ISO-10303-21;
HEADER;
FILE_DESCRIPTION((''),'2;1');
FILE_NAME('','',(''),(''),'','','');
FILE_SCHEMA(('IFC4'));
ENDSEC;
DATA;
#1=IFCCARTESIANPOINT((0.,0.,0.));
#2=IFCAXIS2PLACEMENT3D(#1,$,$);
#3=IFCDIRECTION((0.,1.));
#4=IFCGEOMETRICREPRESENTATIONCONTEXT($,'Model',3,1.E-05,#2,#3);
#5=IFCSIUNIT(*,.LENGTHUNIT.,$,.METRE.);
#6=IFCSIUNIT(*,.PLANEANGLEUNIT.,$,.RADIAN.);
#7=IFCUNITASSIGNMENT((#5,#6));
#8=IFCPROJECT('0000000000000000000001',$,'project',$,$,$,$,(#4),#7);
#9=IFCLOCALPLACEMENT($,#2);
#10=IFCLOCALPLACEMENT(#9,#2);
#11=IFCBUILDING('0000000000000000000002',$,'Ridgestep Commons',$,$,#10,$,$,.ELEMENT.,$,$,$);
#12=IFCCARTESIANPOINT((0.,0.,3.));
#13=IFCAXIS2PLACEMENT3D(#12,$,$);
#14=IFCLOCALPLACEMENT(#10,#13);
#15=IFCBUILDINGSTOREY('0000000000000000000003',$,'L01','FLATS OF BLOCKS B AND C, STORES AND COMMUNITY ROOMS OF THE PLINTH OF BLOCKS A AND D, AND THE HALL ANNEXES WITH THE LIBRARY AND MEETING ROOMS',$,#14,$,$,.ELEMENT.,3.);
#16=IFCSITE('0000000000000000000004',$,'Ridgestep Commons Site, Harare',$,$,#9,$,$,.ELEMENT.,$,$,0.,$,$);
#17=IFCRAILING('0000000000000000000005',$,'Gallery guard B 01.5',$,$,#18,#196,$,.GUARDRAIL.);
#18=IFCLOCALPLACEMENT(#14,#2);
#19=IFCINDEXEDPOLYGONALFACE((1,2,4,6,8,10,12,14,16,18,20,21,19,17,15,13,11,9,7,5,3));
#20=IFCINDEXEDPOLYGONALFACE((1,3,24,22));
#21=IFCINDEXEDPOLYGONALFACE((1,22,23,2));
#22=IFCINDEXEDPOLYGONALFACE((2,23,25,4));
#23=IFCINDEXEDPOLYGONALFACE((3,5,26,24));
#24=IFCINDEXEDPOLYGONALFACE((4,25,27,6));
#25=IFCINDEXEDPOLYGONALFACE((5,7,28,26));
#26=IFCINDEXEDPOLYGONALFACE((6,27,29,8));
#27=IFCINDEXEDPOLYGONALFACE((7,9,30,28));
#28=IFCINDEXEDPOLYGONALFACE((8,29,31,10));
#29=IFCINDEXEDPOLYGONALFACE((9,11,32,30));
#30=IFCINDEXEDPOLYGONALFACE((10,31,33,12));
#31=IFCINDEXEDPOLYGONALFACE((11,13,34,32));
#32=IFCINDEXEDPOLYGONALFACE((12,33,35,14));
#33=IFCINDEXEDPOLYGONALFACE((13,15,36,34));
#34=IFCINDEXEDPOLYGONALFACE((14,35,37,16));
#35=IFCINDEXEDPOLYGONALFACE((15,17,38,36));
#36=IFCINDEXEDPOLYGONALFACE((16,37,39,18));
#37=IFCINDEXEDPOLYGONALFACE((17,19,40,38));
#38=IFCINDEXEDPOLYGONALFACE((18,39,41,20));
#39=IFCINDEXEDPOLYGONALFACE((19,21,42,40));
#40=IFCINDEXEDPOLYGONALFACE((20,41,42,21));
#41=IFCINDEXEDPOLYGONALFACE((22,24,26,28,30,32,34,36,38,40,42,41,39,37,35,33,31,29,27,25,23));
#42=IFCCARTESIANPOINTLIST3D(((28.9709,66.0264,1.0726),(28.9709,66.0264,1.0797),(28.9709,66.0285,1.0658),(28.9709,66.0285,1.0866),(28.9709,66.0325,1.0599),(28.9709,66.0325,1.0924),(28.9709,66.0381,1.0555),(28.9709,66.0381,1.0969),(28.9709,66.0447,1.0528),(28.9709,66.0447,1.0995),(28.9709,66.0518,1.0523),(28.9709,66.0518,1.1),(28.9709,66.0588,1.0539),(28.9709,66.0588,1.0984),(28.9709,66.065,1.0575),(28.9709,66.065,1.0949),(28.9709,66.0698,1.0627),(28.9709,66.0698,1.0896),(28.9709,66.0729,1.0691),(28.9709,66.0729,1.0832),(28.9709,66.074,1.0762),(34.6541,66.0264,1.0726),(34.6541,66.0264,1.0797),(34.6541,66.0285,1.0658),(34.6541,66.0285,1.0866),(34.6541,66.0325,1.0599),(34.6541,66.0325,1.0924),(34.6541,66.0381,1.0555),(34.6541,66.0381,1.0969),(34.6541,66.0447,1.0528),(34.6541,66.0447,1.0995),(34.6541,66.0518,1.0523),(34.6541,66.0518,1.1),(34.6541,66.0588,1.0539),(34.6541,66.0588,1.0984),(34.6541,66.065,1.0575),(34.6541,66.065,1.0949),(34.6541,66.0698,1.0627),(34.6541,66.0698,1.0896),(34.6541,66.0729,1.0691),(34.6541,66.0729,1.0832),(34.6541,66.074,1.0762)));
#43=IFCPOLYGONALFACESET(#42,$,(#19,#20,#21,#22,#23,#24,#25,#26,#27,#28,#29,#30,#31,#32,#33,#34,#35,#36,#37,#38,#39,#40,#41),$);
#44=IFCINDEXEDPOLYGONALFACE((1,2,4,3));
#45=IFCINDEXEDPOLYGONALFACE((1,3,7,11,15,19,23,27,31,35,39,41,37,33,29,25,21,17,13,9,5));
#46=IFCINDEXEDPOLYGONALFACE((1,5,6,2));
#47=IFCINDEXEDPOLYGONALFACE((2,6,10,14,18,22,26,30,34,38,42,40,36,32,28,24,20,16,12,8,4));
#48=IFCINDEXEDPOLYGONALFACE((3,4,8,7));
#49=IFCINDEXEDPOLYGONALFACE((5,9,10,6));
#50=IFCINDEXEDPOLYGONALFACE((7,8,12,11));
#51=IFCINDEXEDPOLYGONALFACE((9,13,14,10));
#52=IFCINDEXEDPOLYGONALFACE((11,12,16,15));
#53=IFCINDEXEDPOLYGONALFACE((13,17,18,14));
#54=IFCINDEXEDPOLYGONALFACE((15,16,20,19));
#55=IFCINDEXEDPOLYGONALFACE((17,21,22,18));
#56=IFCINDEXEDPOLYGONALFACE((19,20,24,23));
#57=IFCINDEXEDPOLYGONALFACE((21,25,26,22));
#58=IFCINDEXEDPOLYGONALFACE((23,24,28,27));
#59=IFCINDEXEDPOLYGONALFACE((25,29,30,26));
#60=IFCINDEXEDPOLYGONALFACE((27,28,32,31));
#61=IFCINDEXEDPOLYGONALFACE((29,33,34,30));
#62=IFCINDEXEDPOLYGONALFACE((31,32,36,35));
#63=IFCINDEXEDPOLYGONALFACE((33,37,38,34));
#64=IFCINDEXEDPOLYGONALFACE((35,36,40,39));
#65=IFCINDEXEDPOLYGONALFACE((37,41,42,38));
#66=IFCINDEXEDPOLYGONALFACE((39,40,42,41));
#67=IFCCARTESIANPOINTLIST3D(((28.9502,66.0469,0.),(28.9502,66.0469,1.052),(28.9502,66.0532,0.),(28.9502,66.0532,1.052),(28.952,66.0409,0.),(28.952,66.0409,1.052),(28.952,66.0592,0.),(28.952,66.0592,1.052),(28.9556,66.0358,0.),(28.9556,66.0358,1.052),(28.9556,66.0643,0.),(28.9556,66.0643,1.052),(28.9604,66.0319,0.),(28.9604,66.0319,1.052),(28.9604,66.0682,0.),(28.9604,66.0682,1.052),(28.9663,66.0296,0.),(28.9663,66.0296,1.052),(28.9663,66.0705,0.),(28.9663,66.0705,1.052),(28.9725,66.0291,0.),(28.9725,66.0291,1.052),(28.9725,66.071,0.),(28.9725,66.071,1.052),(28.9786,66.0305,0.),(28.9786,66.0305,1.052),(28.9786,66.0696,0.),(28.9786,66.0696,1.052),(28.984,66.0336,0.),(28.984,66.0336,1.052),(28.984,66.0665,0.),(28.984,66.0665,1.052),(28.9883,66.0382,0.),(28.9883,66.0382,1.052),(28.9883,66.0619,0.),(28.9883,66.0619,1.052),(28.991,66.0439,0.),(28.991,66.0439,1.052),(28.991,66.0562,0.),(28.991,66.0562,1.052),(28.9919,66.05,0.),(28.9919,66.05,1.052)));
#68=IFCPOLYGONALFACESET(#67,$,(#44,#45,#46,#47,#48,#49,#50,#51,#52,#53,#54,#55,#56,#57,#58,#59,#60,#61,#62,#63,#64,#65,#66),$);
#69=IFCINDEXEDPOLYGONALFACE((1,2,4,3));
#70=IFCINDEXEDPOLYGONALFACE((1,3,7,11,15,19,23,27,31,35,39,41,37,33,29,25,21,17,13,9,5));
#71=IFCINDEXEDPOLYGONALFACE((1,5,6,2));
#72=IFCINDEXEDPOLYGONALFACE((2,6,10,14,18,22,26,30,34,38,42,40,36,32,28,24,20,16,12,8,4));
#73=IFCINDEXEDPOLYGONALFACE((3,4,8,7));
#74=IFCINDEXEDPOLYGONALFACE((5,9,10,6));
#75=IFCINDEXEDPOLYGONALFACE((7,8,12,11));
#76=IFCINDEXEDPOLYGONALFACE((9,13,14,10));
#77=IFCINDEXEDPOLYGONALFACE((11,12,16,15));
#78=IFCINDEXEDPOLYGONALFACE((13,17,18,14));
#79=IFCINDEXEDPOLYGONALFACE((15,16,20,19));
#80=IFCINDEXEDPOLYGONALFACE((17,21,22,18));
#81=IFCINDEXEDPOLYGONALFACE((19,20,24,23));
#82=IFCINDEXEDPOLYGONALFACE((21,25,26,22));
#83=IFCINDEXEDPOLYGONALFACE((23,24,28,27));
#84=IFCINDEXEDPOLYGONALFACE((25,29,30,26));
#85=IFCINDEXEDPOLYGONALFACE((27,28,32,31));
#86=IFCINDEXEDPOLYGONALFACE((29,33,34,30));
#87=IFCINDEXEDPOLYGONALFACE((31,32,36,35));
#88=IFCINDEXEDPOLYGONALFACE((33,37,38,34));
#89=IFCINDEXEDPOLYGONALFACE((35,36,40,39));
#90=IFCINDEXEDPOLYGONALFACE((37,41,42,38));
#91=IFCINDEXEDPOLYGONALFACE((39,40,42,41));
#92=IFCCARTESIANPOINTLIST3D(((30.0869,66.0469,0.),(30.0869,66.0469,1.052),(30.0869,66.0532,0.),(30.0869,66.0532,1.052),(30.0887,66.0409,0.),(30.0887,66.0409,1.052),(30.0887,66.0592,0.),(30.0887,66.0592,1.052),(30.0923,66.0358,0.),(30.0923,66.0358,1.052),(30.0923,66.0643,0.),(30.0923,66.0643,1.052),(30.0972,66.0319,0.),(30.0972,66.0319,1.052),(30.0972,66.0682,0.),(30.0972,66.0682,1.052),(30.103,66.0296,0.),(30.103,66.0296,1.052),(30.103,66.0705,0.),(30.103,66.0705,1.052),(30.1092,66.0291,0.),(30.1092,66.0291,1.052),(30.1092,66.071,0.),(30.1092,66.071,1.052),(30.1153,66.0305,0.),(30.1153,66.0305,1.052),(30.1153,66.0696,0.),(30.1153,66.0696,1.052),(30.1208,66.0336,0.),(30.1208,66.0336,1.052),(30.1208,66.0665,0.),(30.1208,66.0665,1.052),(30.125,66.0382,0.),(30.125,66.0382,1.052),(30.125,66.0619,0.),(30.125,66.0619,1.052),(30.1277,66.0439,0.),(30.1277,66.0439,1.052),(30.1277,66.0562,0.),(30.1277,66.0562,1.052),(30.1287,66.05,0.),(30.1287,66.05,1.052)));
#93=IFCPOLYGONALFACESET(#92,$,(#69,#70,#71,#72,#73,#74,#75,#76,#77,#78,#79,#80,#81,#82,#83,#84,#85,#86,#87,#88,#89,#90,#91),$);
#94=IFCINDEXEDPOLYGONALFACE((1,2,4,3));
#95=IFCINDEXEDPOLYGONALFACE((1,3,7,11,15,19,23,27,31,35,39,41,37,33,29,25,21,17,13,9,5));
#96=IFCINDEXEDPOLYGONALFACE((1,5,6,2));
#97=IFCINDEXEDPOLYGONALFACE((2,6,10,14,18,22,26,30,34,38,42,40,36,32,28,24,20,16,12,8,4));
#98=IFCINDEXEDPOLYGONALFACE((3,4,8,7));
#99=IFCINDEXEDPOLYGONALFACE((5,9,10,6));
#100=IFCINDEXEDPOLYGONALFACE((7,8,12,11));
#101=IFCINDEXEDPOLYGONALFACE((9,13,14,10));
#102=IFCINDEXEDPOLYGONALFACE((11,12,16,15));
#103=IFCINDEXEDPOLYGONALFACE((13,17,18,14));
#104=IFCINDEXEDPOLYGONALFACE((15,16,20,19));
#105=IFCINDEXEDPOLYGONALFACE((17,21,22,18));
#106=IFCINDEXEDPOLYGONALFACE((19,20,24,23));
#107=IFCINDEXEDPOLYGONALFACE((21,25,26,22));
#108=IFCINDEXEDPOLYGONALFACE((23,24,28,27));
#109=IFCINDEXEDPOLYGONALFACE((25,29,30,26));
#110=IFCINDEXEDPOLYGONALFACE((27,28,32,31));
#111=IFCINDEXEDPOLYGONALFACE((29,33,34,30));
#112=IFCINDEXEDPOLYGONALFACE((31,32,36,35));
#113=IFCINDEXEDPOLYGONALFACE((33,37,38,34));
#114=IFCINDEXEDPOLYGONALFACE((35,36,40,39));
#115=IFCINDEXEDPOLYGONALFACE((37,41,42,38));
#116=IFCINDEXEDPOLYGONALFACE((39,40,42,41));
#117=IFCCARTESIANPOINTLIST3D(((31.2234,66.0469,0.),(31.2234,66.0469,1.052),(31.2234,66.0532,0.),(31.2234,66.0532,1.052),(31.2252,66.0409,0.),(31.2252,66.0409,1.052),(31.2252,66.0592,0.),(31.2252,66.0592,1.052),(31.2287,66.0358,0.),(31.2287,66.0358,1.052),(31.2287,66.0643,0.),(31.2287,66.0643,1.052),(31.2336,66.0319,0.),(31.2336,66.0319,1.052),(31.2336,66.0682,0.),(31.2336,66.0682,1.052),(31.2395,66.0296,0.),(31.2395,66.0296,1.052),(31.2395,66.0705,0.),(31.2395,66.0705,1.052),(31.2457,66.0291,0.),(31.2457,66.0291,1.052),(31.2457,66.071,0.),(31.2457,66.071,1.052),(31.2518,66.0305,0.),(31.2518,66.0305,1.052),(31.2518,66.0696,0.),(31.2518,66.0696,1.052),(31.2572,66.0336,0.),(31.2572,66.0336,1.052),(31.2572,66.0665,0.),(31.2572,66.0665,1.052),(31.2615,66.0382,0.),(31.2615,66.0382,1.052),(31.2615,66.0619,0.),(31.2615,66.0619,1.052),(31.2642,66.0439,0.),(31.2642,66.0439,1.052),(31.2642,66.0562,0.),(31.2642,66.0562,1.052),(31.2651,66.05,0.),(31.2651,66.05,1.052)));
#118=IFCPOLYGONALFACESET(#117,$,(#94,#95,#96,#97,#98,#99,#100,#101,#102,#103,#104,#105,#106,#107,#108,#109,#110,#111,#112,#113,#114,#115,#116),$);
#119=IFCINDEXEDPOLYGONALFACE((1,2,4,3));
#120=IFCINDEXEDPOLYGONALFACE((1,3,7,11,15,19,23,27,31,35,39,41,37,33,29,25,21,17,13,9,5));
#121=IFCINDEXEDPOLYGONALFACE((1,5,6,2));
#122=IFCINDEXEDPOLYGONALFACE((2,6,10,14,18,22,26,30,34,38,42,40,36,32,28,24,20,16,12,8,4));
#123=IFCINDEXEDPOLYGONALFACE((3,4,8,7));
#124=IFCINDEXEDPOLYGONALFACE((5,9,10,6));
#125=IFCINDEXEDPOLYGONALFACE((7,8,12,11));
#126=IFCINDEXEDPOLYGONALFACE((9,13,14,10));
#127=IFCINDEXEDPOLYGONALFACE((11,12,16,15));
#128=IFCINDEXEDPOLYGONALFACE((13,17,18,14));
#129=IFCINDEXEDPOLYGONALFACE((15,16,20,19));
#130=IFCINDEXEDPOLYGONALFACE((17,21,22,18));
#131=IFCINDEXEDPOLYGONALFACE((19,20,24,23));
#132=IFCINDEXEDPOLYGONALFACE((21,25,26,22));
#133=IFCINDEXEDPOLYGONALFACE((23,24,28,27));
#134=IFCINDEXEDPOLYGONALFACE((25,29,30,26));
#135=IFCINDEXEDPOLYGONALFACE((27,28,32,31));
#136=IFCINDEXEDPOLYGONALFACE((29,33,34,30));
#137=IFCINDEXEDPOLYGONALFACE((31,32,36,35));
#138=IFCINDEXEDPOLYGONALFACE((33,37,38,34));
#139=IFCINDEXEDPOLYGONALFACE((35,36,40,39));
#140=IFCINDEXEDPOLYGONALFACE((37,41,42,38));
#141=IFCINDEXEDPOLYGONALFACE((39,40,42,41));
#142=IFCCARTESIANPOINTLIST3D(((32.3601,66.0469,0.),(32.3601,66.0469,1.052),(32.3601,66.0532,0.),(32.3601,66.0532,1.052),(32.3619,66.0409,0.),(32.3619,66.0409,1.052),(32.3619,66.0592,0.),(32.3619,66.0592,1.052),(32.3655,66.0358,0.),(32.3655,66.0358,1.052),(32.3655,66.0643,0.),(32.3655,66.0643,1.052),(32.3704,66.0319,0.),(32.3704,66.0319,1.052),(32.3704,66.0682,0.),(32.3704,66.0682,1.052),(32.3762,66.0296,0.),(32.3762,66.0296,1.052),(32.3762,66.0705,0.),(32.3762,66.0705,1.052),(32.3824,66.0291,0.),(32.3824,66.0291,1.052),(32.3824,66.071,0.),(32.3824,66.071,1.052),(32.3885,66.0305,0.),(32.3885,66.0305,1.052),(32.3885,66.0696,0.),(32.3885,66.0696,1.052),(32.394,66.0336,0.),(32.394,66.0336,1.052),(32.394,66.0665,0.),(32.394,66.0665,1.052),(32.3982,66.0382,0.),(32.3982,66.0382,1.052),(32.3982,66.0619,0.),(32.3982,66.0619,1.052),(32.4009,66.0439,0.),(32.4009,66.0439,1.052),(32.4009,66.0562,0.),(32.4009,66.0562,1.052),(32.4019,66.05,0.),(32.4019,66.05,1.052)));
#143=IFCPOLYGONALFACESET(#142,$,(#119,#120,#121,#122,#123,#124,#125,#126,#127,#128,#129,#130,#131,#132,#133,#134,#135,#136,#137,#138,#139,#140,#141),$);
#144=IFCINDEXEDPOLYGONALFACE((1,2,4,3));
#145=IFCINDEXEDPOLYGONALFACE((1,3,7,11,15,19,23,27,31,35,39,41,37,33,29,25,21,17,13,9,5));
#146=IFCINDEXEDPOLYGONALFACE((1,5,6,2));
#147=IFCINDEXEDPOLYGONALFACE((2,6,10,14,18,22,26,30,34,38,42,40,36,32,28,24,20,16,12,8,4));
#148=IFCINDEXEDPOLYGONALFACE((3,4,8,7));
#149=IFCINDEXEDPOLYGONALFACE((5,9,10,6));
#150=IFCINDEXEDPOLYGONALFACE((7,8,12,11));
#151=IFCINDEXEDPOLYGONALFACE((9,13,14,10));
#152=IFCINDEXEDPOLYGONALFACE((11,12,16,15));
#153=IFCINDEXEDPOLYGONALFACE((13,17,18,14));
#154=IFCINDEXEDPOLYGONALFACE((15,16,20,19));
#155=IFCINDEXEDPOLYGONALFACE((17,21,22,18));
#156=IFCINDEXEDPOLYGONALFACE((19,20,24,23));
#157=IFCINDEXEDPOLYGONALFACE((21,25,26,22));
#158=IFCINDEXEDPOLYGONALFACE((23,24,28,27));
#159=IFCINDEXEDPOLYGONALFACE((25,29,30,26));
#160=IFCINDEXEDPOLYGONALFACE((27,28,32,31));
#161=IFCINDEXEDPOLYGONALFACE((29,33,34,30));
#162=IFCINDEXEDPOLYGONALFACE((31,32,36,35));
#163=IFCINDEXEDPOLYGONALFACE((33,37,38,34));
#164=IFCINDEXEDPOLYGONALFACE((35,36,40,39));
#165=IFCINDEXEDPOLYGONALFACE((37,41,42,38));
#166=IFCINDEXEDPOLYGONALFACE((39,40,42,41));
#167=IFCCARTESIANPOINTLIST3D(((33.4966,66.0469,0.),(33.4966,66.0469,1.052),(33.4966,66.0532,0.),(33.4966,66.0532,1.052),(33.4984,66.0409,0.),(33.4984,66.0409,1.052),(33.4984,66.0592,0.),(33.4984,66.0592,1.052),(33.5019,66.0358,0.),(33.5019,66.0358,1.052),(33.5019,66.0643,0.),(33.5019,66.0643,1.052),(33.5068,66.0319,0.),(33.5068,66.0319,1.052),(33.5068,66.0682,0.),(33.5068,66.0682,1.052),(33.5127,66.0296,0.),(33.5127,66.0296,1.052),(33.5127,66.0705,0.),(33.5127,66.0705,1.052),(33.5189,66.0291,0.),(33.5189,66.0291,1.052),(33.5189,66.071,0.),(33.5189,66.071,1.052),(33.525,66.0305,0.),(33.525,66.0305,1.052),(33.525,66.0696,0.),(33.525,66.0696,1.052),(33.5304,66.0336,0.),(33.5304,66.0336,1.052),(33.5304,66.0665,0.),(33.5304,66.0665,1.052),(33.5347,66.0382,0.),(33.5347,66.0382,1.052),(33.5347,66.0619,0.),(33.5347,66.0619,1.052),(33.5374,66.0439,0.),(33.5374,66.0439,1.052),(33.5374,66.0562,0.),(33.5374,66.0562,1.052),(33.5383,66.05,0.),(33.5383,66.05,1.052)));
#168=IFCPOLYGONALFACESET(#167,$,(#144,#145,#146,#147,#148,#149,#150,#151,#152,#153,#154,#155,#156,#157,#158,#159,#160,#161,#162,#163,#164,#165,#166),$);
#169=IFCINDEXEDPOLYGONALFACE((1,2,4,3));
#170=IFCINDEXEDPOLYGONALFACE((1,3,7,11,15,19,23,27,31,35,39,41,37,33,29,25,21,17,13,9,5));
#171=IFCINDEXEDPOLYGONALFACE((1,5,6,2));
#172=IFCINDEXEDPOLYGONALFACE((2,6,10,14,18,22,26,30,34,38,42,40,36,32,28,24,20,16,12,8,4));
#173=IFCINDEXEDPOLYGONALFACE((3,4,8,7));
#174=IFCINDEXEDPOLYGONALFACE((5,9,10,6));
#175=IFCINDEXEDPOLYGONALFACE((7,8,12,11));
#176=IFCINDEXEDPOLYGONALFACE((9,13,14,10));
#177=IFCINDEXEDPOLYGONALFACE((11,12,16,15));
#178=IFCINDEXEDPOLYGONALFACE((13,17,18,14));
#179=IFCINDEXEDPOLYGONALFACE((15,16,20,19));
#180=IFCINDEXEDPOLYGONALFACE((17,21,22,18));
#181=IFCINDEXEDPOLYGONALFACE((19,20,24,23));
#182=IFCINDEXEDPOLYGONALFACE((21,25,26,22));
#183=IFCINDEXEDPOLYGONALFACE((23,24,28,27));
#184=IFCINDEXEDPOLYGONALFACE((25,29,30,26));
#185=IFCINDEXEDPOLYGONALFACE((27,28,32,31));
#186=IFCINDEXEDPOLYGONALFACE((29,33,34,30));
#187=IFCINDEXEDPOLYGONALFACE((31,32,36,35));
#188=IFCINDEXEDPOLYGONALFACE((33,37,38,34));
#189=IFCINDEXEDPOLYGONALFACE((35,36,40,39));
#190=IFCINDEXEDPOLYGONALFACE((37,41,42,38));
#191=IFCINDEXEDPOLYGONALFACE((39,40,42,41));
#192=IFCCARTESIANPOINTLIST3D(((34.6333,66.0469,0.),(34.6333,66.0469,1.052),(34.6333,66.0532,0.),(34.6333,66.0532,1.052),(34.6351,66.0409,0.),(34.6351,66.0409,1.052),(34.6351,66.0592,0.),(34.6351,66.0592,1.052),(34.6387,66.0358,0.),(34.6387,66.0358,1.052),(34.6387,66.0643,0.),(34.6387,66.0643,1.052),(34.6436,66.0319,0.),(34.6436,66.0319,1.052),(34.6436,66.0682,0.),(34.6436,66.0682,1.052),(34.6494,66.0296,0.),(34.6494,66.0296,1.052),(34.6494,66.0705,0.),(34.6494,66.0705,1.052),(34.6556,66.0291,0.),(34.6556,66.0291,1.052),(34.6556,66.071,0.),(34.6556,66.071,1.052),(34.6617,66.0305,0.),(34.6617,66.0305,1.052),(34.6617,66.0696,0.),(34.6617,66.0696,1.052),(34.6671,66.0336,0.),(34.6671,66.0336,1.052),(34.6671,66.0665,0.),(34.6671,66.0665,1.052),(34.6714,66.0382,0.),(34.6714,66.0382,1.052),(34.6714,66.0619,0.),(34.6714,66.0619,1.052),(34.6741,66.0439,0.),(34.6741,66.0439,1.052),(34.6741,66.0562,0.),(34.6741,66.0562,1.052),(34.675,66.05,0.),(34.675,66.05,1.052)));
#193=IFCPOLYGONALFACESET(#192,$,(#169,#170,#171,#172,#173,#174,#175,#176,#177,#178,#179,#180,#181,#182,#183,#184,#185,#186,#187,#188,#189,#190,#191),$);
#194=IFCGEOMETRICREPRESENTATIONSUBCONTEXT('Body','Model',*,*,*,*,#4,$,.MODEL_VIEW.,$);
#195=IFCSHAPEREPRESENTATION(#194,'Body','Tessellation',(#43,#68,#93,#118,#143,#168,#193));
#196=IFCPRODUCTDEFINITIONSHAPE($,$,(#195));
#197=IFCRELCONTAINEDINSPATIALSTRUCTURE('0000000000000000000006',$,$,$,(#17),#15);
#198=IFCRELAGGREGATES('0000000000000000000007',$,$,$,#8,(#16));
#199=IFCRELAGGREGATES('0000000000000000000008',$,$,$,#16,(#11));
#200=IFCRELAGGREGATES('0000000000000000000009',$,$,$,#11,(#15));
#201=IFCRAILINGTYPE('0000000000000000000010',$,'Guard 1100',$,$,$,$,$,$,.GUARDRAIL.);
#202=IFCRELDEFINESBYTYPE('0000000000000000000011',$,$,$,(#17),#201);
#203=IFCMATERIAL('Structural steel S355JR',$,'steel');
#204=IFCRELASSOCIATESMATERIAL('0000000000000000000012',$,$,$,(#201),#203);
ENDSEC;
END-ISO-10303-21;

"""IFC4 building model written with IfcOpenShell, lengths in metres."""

from ifc_helpers import new_model, si_unit, direction, frame, origin, origin_2d, place, context, subcontext, project, spatial, circle, extrude, material, type_object, element, save


model = new_model("IFC4")

# Units and contexts
model_context = context("Model", 3, precision=1e-05, world=origin(), true_north=direction((0.0, 1.0)))
body_context = subcontext(model_context, "Body", "Model", "MODEL_VIEW")
ifc_project = project(units=[si_unit("LENGTHUNIT", "METRE"), si_unit("PLANEANGLEUNIT", "RADIAN")], contexts=[model_context])

# Site, building, storey
site_placement = place(None, origin())
site = spatial("IfcSite", under=ifc_project, at=site_placement, Name="Ridgestep Commons Site, Harare", CompositionType="ELEMENT", RefElevation=0.0)
building_placement = place(site_placement, origin())
building = spatial("IfcBuilding", under=site, at=building_placement, Name="Ridgestep Commons", CompositionType="ELEMENT")
storey_placement = place(building_placement, frame((0.0, 0.0, 3.0)))
storey = spatial("IfcBuildingStorey", under=building, at=storey_placement, Name="L01", Description="FLATS OF BLOCKS B AND C, STORES AND COMMUNITY ROOMS OF THE PLINTH OF BLOCKS A AND D, AND THE HALL ANNEXES WITH THE LIBRARY AND MEETING ROOMS", CompositionType="ELEMENT", Elevation=3.0)

# Railing
ifc_material_1 = material(Name="Structural steel S355JR", Category="steel")
railing_type = type_object("IfcRailingType", Name="Guard 1100", PredefinedType="GUARDRAIL", material=ifc_material_1)
railing_1_placement = place(storey_placement, frame((28.9709, 66.05, 0.0)))
element("IfcRailing", 1, at=railing_1_placement, inside=storey, type_object=railing_type, Name="Gallery guard B 01.5", PredefinedType="GUARDRAIL", context=body_context, shape_type="SweptSolid", body=[
    extrude(circle(Radius=0.0239, at=origin_2d()), frame((0.0, 0.0, 1.0762), z_axis=(1.0, 0.0, 0.0), x_axis=(0.0, 1.0, 0.0)), (0.0, 0.0, 1.0), 5.6831),
    extrude(circle(Radius=0.021, at=origin_2d()), origin(), (0.0, 0.0, 1.0), 1.052),
    extrude(circle(Radius=0.021, at=origin_2d()), frame((1.1367, 0.0, 0.0)), (0.0, 0.0, 1.0), 1.052),
    extrude(circle(Radius=0.021, at=origin_2d()), frame((2.2732, 0.0, 0.0)), (0.0, 0.0, 1.0), 1.052),
    extrude(circle(Radius=0.021, at=origin_2d()), frame((3.4099, 0.0, 0.0)), (0.0, 0.0, 1.0), 1.052),
    extrude(circle(Radius=0.021, at=origin_2d()), frame((4.5464, 0.0, 0.0)), (0.0, 0.0, 1.0), 1.052),
    extrude(circle(Radius=0.021, at=origin_2d()), frame((5.6831, 0.0, 0.0)), (0.0, 0.0, 1.0), 1.052),
])

save(model, "model.ifc")
